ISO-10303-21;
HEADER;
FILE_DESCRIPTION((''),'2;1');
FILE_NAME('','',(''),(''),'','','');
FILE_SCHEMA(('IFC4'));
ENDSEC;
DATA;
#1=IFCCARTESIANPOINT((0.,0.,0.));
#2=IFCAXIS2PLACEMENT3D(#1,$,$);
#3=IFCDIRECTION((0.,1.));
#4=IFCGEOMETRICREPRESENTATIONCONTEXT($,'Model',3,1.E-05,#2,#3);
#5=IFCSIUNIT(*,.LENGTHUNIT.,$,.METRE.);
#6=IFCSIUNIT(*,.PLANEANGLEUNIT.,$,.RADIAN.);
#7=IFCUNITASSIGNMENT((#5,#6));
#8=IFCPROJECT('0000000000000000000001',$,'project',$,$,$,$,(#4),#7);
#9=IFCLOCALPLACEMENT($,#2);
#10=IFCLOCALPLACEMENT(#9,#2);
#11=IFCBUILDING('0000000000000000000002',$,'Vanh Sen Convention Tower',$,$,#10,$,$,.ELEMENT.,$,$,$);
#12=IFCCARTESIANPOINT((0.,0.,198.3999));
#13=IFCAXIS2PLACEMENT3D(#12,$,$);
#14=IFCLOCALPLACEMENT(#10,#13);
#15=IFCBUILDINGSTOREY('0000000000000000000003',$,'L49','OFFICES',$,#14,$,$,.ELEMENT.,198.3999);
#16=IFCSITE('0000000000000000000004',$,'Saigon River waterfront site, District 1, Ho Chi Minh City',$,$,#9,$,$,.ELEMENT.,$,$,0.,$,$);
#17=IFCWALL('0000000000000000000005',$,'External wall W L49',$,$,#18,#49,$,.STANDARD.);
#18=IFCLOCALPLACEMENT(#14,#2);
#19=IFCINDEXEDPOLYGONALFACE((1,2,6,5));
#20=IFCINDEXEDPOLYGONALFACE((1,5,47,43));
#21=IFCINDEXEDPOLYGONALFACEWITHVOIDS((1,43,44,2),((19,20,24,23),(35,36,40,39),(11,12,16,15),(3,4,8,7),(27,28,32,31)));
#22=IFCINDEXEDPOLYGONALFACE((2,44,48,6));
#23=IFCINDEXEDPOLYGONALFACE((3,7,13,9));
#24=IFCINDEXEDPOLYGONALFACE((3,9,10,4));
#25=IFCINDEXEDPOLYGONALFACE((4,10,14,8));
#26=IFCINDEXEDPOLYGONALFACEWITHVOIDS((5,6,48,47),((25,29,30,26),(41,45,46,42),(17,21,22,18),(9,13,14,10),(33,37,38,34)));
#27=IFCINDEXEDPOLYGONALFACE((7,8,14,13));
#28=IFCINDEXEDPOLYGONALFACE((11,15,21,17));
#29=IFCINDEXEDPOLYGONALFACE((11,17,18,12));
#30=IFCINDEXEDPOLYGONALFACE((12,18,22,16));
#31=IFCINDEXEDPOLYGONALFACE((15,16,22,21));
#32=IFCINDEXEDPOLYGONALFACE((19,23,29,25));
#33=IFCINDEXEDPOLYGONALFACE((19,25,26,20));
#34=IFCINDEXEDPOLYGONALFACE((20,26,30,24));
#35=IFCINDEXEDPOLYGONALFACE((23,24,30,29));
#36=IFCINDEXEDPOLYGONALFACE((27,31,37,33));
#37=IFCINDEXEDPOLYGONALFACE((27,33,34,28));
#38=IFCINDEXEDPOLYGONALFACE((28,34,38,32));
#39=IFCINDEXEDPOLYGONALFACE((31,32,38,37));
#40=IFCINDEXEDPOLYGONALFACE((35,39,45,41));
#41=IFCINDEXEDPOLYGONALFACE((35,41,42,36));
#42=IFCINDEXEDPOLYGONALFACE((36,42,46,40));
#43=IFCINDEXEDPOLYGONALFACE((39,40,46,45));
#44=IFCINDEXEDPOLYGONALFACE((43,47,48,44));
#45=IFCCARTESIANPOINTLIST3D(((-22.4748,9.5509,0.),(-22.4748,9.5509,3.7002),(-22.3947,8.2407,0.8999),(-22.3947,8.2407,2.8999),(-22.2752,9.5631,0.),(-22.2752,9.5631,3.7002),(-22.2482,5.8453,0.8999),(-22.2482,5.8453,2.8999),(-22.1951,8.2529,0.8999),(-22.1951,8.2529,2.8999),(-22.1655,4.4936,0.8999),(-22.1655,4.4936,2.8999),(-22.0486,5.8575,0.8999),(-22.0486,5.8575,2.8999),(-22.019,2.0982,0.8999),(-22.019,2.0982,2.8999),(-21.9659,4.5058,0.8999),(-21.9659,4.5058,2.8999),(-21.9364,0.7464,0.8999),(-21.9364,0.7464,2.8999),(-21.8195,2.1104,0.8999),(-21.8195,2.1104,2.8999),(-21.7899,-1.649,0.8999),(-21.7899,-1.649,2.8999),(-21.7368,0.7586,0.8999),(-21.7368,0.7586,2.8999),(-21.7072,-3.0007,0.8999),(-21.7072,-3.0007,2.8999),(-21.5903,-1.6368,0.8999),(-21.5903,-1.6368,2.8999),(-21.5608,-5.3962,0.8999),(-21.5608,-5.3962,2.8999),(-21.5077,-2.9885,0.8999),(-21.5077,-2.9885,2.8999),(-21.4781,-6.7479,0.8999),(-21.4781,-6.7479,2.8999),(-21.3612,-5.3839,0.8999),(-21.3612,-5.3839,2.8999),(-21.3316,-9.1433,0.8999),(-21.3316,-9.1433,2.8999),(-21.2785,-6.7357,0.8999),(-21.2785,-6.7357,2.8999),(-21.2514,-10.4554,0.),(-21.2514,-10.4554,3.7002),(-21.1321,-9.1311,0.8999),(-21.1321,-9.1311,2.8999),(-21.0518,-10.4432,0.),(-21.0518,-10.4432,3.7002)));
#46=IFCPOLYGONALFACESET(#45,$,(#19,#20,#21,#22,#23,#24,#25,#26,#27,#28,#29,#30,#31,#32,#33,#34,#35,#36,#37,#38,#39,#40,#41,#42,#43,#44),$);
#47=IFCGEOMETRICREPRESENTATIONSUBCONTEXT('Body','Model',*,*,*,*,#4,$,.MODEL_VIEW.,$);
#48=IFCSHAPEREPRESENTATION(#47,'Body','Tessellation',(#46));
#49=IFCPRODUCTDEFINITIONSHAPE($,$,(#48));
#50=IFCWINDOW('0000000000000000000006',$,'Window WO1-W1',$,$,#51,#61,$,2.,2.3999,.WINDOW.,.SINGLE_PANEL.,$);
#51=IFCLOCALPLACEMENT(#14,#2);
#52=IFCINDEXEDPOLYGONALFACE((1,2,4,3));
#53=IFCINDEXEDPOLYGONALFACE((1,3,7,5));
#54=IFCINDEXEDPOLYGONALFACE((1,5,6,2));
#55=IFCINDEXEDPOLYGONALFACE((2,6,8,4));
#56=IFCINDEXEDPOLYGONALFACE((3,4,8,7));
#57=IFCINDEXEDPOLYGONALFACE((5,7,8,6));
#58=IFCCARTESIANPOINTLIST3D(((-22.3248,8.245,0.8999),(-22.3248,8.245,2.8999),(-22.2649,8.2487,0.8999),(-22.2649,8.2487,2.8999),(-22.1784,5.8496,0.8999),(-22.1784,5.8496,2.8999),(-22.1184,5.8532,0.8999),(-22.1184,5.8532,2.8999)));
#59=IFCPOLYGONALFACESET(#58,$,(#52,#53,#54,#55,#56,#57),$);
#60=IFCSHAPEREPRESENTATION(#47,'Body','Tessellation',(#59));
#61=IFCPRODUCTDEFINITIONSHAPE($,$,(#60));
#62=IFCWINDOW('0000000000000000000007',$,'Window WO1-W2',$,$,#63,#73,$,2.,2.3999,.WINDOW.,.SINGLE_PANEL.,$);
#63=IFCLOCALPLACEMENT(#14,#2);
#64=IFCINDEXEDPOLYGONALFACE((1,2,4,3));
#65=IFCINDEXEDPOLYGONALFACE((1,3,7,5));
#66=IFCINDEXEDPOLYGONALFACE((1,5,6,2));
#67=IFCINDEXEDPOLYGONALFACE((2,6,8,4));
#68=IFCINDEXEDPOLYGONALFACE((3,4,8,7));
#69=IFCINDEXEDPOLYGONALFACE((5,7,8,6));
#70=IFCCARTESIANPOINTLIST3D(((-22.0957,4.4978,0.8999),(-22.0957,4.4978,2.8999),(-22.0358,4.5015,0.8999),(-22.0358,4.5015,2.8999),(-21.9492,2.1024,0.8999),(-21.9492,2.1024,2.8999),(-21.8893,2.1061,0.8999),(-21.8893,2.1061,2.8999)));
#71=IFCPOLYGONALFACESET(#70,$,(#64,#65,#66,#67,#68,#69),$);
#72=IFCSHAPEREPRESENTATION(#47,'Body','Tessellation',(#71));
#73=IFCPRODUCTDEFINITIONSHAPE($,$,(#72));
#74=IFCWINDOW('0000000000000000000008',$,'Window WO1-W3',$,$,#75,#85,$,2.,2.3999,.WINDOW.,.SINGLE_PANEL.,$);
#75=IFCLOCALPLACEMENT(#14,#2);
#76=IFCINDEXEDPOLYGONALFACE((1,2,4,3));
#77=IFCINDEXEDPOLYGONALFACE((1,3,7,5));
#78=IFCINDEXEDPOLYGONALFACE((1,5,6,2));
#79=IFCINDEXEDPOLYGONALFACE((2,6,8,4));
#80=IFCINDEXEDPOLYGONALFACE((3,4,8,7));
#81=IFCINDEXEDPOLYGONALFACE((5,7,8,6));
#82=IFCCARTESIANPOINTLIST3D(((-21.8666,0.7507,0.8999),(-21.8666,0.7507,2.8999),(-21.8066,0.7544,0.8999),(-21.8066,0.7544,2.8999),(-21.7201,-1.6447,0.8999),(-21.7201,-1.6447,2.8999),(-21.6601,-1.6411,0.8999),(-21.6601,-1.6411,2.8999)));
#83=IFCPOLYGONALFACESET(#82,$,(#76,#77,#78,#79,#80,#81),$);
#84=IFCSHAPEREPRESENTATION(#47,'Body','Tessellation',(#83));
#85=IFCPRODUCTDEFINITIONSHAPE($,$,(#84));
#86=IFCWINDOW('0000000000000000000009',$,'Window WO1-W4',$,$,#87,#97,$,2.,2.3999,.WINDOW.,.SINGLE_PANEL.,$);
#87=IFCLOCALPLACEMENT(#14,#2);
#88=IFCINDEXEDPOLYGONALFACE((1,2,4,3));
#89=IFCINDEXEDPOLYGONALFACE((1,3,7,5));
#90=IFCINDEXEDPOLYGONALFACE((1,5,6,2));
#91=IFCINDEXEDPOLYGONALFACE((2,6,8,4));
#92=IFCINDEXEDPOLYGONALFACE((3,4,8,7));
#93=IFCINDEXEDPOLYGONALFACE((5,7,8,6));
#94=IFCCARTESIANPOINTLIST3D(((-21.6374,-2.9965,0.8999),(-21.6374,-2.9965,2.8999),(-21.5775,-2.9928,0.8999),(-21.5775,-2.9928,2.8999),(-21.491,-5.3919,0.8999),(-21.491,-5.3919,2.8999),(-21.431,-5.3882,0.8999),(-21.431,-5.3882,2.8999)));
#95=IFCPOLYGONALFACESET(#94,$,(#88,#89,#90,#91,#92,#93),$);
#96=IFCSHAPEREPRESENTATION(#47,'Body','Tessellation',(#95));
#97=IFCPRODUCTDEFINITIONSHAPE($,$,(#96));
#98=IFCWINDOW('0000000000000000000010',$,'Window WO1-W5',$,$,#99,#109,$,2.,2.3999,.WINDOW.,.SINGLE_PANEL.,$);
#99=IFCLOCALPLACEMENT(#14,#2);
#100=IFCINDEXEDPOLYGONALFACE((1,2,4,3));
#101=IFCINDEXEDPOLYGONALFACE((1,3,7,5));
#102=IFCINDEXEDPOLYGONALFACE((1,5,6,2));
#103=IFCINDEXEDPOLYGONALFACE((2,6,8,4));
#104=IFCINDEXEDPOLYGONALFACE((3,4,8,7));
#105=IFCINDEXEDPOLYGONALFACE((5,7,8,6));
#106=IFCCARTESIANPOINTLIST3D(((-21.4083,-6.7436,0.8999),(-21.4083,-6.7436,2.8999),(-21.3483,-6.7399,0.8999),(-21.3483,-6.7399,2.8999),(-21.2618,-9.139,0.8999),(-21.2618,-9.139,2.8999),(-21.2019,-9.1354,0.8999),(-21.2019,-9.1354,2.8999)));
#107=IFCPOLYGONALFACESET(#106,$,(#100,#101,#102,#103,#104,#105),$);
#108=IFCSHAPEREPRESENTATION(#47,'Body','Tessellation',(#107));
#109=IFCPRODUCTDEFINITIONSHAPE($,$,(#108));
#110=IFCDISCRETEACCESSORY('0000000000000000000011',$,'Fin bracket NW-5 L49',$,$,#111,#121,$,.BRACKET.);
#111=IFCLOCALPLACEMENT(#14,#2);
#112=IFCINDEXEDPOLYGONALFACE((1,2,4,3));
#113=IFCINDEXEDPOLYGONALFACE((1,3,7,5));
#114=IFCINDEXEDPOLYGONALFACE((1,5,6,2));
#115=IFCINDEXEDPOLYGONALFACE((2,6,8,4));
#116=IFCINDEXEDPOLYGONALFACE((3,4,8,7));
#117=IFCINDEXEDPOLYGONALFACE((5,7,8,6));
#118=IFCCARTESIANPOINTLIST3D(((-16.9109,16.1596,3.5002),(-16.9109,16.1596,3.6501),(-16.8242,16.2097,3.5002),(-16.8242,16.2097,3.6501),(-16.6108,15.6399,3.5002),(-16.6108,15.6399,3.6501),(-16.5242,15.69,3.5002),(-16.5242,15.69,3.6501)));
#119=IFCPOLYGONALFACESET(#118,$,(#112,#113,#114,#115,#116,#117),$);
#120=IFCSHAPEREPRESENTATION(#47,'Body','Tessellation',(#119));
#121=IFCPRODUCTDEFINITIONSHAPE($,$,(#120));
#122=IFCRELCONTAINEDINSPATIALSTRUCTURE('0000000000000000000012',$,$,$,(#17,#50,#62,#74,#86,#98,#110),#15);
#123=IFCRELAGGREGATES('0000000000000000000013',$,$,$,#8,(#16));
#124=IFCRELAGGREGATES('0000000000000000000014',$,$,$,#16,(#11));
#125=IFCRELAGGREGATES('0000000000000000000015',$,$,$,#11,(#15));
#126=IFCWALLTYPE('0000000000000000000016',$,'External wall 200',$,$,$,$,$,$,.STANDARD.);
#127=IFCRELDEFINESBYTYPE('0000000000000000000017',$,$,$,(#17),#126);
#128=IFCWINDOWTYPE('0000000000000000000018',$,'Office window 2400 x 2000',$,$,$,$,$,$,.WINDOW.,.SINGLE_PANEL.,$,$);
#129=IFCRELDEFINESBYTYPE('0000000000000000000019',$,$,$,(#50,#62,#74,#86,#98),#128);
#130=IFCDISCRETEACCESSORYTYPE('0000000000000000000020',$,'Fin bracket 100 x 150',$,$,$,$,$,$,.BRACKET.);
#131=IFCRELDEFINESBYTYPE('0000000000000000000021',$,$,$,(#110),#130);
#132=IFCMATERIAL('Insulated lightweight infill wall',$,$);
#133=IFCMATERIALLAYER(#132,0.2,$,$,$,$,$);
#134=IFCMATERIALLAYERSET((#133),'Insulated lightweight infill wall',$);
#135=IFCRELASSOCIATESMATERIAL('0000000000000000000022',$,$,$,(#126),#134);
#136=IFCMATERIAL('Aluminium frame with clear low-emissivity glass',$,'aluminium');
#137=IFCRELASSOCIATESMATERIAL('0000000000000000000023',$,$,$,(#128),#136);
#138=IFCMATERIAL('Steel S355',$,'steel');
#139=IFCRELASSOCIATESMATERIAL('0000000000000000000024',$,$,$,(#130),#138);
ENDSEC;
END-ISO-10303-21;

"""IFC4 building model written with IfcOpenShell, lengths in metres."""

from ifc_helpers import new_model, si_unit, direction, frame, frame_2d, origin, origin_2d, place, context, subcontext, project, spatial, rectangle, extrude, material, layer, layer_set, type_object, element, fill, save


model = new_model("IFC4")

# Units and contexts
model_context = context("Model", 3, precision=1e-05, world=origin(), true_north=direction((0.0, 1.0)))
body_context = subcontext(model_context, "Body", "Model", "MODEL_VIEW")
ifc_project = project(units=[si_unit("LENGTHUNIT", "METRE"), si_unit("PLANEANGLEUNIT", "RADIAN")], contexts=[model_context])

# Site, building, storey
site_placement = place(None, origin())
site = spatial("IfcSite", under=ifc_project, at=site_placement, Name="Saigon River waterfront site, District 1, Ho Chi Minh City", CompositionType="ELEMENT", RefElevation=0.0)
building_placement = place(site_placement, origin())
building = spatial("IfcBuilding", under=site, at=building_placement, Name="Vanh Sen Convention Tower", CompositionType="ELEMENT")
storey_placement = place(building_placement, frame((0.0, 0.0, 198.3999)))
storey = spatial("IfcBuildingStorey", under=building, at=storey_placement, Name="L49", Description="OFFICES", CompositionType="ELEMENT", Elevation=198.3999)

# Shared definitions
ifc_material_1 = material(Name="Insulated lightweight infill wall")
ifc_layer_1 = layer(ifc_material_1, 0.2)
ifc_layer_set_1 = layer_set([ifc_layer_1], Name="Insulated lightweight infill wall")
wall_type_1 = type_object("IfcWallType", Name="External wall 200", PredefinedType="STANDARD", material=ifc_layer_set_1)
ifc_material_2 = material(Name="Aluminium frame with clear low-emissivity glass", Category="aluminium")

# Wall, openings, windows
wall_1_placement = place(storey_placement, frame((-22.375, 9.5571, 0.0), z_axis=(0.0, 0.0, 1.0), x_axis=(0.061036, -0.998136, 0.0)))
wall_1 = element("IfcWall", 1, at=wall_1_placement, inside=storey, type_object=wall_type_1, Name="External wall W L49", PredefinedType="STANDARD", context=body_context, shape_type="SweptSolid", body=[
    extrude(rectangle(XDim=20.0437, YDim=0.2, at=frame_2d((10.022, 0.0))), origin(), (0.0, 0.0, 1.0), 3.7002),
])
opening_1_placement = place(wall_1_placement, frame((1.3127, 0.0, 0.8999)))
opening_1 = element("IfcOpeningElement", 2, at=opening_1_placement, cuts=wall_1, PredefinedType="OPENING", context=body_context, shape_type="SweptSolid", body=[
    extrude(rectangle(XDim=2.3999, YDim=2.0, at=frame_2d((1.2, 1.0))), frame((0.0, 0.1099, 0.0), z_axis=(0.0, -1.0, 0.0), x_axis=(1.0, 0.0, 0.0)), (0.0, 0.0, 1.0), 0.22),
])
opening_2_placement = place(wall_1_placement, frame((5.0669, 0.0, 0.8999)))
opening_2 = element("IfcOpeningElement", 3, at=opening_2_placement, cuts=wall_1, PredefinedType="OPENING", context=body_context, shape_type="SweptSolid", body=[
    extrude(rectangle(XDim=2.3999, YDim=2.0, at=frame_2d((1.2, 1.0))), frame((0.0, 0.1099, 0.0), z_axis=(0.0, -1.0, 0.0), x_axis=(1.0, 0.0, 0.0)), (0.0, 0.0, 1.0), 0.22),
])
opening_3_placement = place(wall_1_placement, frame((8.821, 0.0, 0.8999)))
opening_3 = element("IfcOpeningElement", 4, at=opening_3_placement, cuts=wall_1, PredefinedType="OPENING", context=body_context, shape_type="SweptSolid", body=[
    extrude(rectangle(XDim=2.3999, YDim=2.0, at=frame_2d((1.2, 1.0))), frame((0.0, 0.1099, 0.0), z_axis=(0.0, -1.0, 0.0), x_axis=(1.0, 0.0, 0.0)), (0.0, 0.0, 1.0), 0.22),
])
opening_4_placement = place(wall_1_placement, frame((12.5752, 0.0, 0.8999)))
opening_4 = element("IfcOpeningElement", 5, at=opening_4_placement, cuts=wall_1, PredefinedType="OPENING", context=body_context, shape_type="SweptSolid", body=[
    extrude(rectangle(XDim=2.3999, YDim=2.0, at=frame_2d((1.2, 1.0))), frame((0.0, 0.1099, 0.0), z_axis=(0.0, -1.0, 0.0), x_axis=(1.0, 0.0, 0.0)), (0.0, 0.0, 1.0), 0.22),
])
opening_5_placement = place(wall_1_placement, frame((16.3293, 0.0, 0.8999)))
opening_5 = element("IfcOpeningElement", 6, at=opening_5_placement, cuts=wall_1, PredefinedType="OPENING", context=body_context, shape_type="SweptSolid", body=[
    extrude(rectangle(XDim=2.3999, YDim=2.0, at=frame_2d((1.2, 1.0))), frame((0.0, 0.1099, 0.0), z_axis=(0.0, -1.0, 0.0), x_axis=(1.0, 0.0, 0.0)), (0.0, 0.0, 1.0), 0.22),
])
window_type_1 = type_object("IfcWindowType", Name="Office window 2400 x 2000", PartitioningType="SINGLE_PANEL", PredefinedType="WINDOW", material=ifc_material_2)
window_1_placement = place(opening_1_placement, origin())
window_1 = element("IfcWindow", 7, at=window_1_placement, inside=storey, type_object=window_type_1, Name="Window WO1-W1", OverallHeight=2.0, OverallWidth=2.3999, PartitioningType="SINGLE_PANEL", PredefinedType="WINDOW", context=body_context, shape_type="SweptSolid", body=[
    extrude(rectangle(XDim=2.3999, YDim=2.0, at=frame_2d((1.2, 1.0))), frame((0.0, 0.03, 0.0), z_axis=(0.0, -1.0, 0.0), x_axis=(1.0, 0.0, 0.0)), (0.0, 0.0, 1.0), 0.0601),
])
fill(opening_1, window_1)
window_2_placement = place(opening_2_placement, origin())
window_2 = element("IfcWindow", 8, at=window_2_placement, inside=storey, type_object=window_type_1, Name="Window WO1-W2", OverallHeight=2.0, OverallWidth=2.3999, PartitioningType="SINGLE_PANEL", PredefinedType="WINDOW", context=body_context, shape_type="SweptSolid", body=[
    extrude(rectangle(XDim=2.3999, YDim=2.0, at=frame_2d((1.2, 1.0))), frame((0.0, 0.03, 0.0), z_axis=(0.0, -1.0, 0.0), x_axis=(1.0, 0.0, 0.0)), (0.0, 0.0, 1.0), 0.0601),
])
fill(opening_2, window_2)
window_3_placement = place(opening_3_placement, origin())
window_3 = element("IfcWindow", 9, at=window_3_placement, inside=storey, type_object=window_type_1, Name="Window WO1-W3", OverallHeight=2.0, OverallWidth=2.3999, PartitioningType="SINGLE_PANEL", PredefinedType="WINDOW", context=body_context, shape_type="SweptSolid", body=[
    extrude(rectangle(XDim=2.3999, YDim=2.0, at=frame_2d((1.2, 1.0))), frame((0.0, 0.03, 0.0), z_axis=(0.0, -1.0, 0.0), x_axis=(1.0, 0.0, 0.0)), (0.0, 0.0, 1.0), 0.0601),
])
fill(opening_3, window_3)
window_4_placement = place(opening_4_placement, origin())
window_4 = element("IfcWindow", 10, at=window_4_placement, inside=storey, type_object=window_type_1, Name="Window WO1-W4", OverallHeight=2.0, OverallWidth=2.3999, PartitioningType="SINGLE_PANEL", PredefinedType="WINDOW", context=body_context, shape_type="SweptSolid", body=[
    extrude(rectangle(XDim=2.3999, YDim=2.0, at=frame_2d((1.2, 1.0))), frame((0.0, 0.03, 0.0), z_axis=(0.0, -1.0, 0.0), x_axis=(1.0, 0.0, 0.0)), (0.0, 0.0, 1.0), 0.0601),
])
fill(opening_4, window_4)
window_5_placement = place(opening_5_placement, origin())
window_5 = element("IfcWindow", 11, at=window_5_placement, inside=storey, type_object=window_type_1, Name="Window WO1-W5", OverallHeight=2.0, OverallWidth=2.3999, PartitioningType="SINGLE_PANEL", PredefinedType="WINDOW", context=body_context, shape_type="SweptSolid", body=[
    extrude(rectangle(XDim=2.3999, YDim=2.0, at=frame_2d((1.2, 1.0))), frame((0.0, 0.03, 0.0), z_axis=(0.0, -1.0, 0.0), x_axis=(1.0, 0.0, 0.0)), (0.0, 0.0, 1.0), 0.0601),
])
fill(opening_5, window_5)

# Discrete accessory
ifc_material_3 = material(Name="Steel S355", Category="steel")
discrete_accessory_type = type_object("IfcDiscreteAccessoryType", Name="Fin bracket 100 x 150", PredefinedType="BRACKET", material=ifc_material_3)
discrete_accessory_placement = place(storey_placement, frame((-16.7175, 15.9248, 3.5002), z_axis=(0.0, 0.0, 1.0), x_axis=(-0.5, 0.866025, 0.0)))
element("IfcDiscreteAccessory", 12, at=discrete_accessory_placement, inside=storey, type_object=discrete_accessory_type, Name="Fin bracket NW-5 L49", PredefinedType="BRACKET", context=body_context, shape_type="SweptSolid", body=[
    extrude(rectangle(XDim=0.6001, YDim=0.1001, at=origin_2d()), origin(), (0.0, 0.0, 1.0), 0.1499),
])

save(model, "model.ifc")
